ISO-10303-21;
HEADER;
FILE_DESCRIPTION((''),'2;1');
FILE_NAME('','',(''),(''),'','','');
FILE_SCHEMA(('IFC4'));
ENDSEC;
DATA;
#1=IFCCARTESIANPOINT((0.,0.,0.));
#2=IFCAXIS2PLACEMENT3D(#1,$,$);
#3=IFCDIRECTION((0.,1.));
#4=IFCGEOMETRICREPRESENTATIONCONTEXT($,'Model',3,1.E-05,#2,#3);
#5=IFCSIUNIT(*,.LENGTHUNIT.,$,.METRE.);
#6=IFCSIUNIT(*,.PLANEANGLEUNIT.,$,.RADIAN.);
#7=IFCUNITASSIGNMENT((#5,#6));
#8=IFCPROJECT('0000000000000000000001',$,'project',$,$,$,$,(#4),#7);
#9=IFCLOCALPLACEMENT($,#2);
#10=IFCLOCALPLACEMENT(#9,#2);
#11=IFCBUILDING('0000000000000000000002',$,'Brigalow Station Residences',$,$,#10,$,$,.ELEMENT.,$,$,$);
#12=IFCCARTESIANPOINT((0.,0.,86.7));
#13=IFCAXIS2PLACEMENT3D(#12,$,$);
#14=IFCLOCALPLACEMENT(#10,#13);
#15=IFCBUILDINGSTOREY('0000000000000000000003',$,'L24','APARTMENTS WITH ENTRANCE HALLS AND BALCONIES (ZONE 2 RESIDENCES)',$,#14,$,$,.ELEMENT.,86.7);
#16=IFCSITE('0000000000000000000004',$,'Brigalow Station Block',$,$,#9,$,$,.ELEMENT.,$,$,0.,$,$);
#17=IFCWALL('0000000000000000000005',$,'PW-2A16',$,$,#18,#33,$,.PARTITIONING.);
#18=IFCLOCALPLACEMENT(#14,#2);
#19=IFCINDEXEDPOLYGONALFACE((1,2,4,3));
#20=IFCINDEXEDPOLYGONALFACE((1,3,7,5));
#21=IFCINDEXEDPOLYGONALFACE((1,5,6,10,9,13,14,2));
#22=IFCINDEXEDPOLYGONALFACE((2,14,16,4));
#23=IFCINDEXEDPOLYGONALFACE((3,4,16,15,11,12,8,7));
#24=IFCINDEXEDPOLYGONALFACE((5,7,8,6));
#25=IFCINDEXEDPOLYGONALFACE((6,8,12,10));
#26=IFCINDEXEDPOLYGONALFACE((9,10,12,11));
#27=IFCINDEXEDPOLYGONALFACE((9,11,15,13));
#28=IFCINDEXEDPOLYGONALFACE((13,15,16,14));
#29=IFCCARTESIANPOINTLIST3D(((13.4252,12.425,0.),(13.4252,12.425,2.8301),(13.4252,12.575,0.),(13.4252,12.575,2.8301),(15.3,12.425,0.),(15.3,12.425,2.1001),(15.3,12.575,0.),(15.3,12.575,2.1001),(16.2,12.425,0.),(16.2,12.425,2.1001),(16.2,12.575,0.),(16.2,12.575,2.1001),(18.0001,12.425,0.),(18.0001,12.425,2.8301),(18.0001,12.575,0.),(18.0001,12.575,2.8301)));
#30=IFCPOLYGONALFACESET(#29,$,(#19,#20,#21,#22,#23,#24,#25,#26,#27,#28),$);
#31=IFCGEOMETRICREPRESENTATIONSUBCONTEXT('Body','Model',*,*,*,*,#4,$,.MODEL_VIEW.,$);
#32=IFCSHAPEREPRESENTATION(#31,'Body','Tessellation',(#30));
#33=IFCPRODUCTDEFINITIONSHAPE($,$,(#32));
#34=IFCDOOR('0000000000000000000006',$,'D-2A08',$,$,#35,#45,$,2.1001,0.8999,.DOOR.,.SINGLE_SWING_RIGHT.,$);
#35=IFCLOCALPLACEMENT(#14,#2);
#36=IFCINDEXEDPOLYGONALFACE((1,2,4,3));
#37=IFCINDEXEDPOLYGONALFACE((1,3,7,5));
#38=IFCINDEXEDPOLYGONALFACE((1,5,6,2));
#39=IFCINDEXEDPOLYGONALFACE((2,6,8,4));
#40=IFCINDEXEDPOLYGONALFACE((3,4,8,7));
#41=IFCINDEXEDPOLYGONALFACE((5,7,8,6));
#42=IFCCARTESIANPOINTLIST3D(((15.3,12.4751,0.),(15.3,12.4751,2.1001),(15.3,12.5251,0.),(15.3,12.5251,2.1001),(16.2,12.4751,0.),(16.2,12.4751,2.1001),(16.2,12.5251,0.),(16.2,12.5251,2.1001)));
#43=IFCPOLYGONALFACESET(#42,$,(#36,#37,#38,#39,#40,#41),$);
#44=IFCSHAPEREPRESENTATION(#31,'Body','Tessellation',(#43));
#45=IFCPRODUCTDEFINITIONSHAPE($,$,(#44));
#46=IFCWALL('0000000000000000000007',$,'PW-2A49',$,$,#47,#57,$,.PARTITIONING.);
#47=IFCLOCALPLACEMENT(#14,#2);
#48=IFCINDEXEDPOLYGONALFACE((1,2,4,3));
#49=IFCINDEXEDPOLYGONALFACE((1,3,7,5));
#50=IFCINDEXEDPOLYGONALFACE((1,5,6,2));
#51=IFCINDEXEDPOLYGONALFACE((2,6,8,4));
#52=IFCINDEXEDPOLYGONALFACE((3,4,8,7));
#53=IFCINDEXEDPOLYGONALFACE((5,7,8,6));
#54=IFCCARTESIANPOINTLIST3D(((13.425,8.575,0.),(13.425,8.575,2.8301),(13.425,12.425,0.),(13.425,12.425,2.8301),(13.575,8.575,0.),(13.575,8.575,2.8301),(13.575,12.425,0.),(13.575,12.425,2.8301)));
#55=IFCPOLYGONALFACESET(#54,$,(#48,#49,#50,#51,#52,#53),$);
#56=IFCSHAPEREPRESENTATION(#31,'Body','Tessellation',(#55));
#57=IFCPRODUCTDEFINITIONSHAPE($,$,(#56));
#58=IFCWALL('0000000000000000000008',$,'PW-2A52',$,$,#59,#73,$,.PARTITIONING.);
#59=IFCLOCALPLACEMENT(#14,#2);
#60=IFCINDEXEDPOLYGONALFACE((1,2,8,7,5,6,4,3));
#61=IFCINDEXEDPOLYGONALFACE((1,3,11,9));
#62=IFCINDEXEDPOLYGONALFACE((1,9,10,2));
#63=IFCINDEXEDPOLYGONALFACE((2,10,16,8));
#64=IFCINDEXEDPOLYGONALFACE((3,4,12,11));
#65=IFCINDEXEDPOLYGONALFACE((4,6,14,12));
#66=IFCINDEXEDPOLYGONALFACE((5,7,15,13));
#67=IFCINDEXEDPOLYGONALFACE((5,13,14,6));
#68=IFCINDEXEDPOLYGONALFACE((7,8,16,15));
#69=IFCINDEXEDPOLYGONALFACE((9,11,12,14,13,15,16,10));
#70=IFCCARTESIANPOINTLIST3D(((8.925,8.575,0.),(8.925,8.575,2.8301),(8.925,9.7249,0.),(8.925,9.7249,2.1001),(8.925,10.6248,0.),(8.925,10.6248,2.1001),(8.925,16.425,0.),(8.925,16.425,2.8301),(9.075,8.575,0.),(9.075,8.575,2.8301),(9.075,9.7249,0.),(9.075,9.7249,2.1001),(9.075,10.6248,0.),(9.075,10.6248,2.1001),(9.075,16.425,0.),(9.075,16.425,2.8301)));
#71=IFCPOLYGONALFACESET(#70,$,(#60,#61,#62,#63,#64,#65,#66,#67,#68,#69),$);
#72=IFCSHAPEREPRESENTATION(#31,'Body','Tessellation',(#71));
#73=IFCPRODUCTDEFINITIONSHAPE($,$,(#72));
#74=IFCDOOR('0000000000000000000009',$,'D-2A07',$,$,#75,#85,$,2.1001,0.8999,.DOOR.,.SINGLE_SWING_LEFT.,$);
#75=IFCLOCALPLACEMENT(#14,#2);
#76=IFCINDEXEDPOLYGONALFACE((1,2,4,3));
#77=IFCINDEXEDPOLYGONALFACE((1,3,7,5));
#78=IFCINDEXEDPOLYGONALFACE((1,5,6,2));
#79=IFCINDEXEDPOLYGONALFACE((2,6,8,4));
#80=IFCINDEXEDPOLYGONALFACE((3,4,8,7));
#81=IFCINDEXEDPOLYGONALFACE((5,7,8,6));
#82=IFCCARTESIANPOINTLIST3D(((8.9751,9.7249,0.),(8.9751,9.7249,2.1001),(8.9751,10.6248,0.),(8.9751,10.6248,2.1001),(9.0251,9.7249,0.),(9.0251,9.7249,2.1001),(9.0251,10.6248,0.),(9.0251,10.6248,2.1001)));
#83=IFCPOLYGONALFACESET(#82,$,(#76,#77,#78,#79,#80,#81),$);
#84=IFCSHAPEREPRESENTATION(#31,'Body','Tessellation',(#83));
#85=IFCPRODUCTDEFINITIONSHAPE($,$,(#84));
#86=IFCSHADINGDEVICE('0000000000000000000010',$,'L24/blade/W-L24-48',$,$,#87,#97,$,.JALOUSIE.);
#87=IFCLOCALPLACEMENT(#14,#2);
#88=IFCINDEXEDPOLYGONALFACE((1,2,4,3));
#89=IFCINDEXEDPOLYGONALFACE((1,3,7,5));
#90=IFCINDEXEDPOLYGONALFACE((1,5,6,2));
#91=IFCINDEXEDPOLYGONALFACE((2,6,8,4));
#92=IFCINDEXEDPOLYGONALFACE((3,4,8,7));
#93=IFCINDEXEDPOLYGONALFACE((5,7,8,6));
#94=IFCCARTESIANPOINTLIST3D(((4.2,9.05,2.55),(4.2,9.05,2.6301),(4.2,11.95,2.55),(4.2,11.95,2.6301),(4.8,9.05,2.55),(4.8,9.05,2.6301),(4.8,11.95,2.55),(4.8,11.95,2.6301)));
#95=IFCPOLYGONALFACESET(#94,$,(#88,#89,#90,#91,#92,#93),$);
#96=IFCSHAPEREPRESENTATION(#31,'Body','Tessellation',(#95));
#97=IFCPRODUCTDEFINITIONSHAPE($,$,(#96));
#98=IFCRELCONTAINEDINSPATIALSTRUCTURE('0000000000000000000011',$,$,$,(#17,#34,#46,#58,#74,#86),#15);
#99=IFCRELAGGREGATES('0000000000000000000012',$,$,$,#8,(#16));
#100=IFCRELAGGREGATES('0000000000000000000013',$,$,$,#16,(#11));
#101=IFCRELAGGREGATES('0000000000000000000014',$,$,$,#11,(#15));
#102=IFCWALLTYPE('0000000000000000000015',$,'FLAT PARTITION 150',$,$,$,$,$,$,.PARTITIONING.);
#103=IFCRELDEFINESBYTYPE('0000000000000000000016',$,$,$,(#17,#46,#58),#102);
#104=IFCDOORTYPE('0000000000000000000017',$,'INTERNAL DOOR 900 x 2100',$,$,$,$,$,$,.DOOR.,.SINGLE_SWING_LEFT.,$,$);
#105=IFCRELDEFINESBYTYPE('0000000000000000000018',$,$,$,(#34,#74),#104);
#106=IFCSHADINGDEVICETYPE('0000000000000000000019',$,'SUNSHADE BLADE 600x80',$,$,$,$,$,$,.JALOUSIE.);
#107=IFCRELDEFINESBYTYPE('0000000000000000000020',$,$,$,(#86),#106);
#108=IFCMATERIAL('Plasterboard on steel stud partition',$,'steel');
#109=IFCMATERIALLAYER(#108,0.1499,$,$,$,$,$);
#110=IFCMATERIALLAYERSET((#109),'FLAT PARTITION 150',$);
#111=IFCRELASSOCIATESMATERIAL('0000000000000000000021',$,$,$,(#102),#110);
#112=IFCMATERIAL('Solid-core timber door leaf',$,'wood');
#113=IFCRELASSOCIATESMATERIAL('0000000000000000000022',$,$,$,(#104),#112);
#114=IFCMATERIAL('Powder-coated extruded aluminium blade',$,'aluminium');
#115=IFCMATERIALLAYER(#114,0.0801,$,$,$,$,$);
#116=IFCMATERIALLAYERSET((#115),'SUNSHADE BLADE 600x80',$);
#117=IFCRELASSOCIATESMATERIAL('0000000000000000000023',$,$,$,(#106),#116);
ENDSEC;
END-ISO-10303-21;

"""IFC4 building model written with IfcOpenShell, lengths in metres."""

from ifc_helpers import new_model, si_unit, direction, frame, frame_2d, origin, origin_2d, place, context, subcontext, project, spatial, rectangle, extrude, material, layer, layer_set, type_object, element, fill, save


model = new_model("IFC4")

# Units and contexts
model_context = context("Model", 3, precision=1e-05, world=origin(), true_north=direction((0.0, 1.0)))
body_context = subcontext(model_context, "Body", "Model", "MODEL_VIEW")
ifc_project = project(units=[si_unit("LENGTHUNIT", "METRE"), si_unit("PLANEANGLEUNIT", "RADIAN")], contexts=[model_context])

# Site, building, storey
site_placement = place(None, origin())
site = spatial("IfcSite", under=ifc_project, at=site_placement, Name="Brigalow Station Block", CompositionType="ELEMENT", RefElevation=0.0)
building_placement = place(site_placement, origin())
building = spatial("IfcBuilding", under=site, at=building_placement, Name="Brigalow Station Residences", CompositionType="ELEMENT")
storey_placement = place(building_placement, frame((0.0, 0.0, 86.7)))
storey = spatial("IfcBuildingStorey", under=building, at=storey_placement, Name="L24", Description="APARTMENTS WITH ENTRANCE HALLS AND BALCONIES (ZONE 2 RESIDENCES)", CompositionType="ELEMENT", Elevation=86.7)

# Wall, opening, door
ifc_material_1 = material(Name="Plasterboard on steel stud partition", Category="steel")
ifc_layer_1 = layer(ifc_material_1, 0.1499)
ifc_layer_set_1 = layer_set([ifc_layer_1], Name="FLAT PARTITION 150")
wall_type_1 = type_object("IfcWallType", Name="FLAT PARTITION 150", PredefinedType="PARTITIONING", material=ifc_layer_set_1)
ifc_material_2 = material(Name="Solid-core timber door leaf", Category="wood")
door_type = type_object("IfcDoorType", Name="INTERNAL DOOR 900 x 2100", OperationType="SINGLE_SWING_LEFT", PredefinedType="DOOR", material=ifc_material_2)
wall_1_placement = place(storey_placement, frame((13.425, 12.5, 0.0), z_axis=(0.0, 0.0, 1.0), x_axis=(1.0, 0.0, 0.0)))
wall_1 = element("IfcWall", 1, at=wall_1_placement, inside=storey, type_object=wall_type_1, Name="PW-2A16", PredefinedType="PARTITIONING", context=body_context, shape_type="SweptSolid", body=[
    extrude(rectangle(XDim=4.575, YDim=0.1499, at=frame_2d((2.2876, 0.0))), origin(), (0.0, 0.0, 1.0), 2.8301),
])
opening_1_placement = place(wall_1_placement, frame((1.875, 0.0, 0.0)))
opening_1 = element("IfcOpeningElement", 2, at=opening_1_placement, cuts=wall_1, PredefinedType="OPENING", context=body_context, shape_type="SweptSolid", body=[
    extrude(rectangle(XDim=0.8999, YDim=2.1001, at=frame_2d((0.45, 1.05))), frame((0.0, 0.085, 0.0), z_axis=(0.0, -1.0, 0.0), x_axis=(1.0, 0.0, 0.0)), (0.0, 0.0, 1.0), 0.1699),
])
door_1_placement = place(opening_1_placement, frame((0.8999, 0.0, 0.0), z_axis=(0.0, 0.0, 1.0), x_axis=(-1.0, 0.0, 0.0)))
door_1 = element("IfcDoor", 3, at=door_1_placement, inside=storey, type_object=door_type, Name="D-2A08", OperationType="SINGLE_SWING_RIGHT", OverallHeight=2.1001, OverallWidth=0.8999, PredefinedType="DOOR", context=body_context, shape_type="SweptSolid", body=[
    extrude(rectangle(XDim=0.8999, YDim=2.1001, at=frame_2d((0.45, 1.05))), frame((0.0, 0.0249, 0.0), z_axis=(0.0, -1.0, 0.0), x_axis=(1.0, 0.0, 0.0)), (0.0, 0.0, 1.0), 0.05),
])
fill(opening_1, door_1)

# Wall
wall_2_placement = place(storey_placement, frame((13.5, 8.575, 0.0), z_axis=(0.0, 0.0, 1.0), x_axis=(0.0, 1.0, 0.0)))
element("IfcWall", 4, at=wall_2_placement, inside=storey, type_object=wall_type_1, Name="PW-2A49", PredefinedType="PARTITIONING", context=body_context, shape_type="SweptSolid", body=[
    extrude(rectangle(XDim=3.8501, YDim=0.1499, at=frame_2d((1.925, 0.0))), origin(), (0.0, 0.0, 1.0), 2.8301),
])

# Wall, opening, door
wall_3_placement = place(storey_placement, frame((9.0, 8.575, 0.0), z_axis=(0.0, 0.0, 1.0), x_axis=(0.0, 1.0, 0.0)))
wall_3 = element("IfcWall", 5, at=wall_3_placement, inside=storey, type_object=wall_type_1, Name="PW-2A52", PredefinedType="PARTITIONING", context=body_context, shape_type="SweptSolid", body=[
    extrude(rectangle(XDim=7.8501, YDim=0.1499, at=frame_2d((3.925, 0.0))), origin(), (0.0, 0.0, 1.0), 2.8301),
])
opening_2_placement = place(wall_3_placement, frame((1.1499, 0.0, 0.0)))
opening_2 = element("IfcOpeningElement", 6, at=opening_2_placement, cuts=wall_3, PredefinedType="OPENING", context=body_context, shape_type="SweptSolid", body=[
    extrude(rectangle(XDim=0.8999, YDim=2.1001, at=frame_2d((0.45, 1.05))), frame((0.0, 0.085, 0.0), z_axis=(0.0, -1.0, 0.0), x_axis=(1.0, 0.0, 0.0)), (0.0, 0.0, 1.0), 0.1699),
])
door_2_placement = place(opening_2_placement, origin())
door_2 = element("IfcDoor", 7, at=door_2_placement, inside=storey, type_object=door_type, Name="D-2A07", OperationType="SINGLE_SWING_LEFT", OverallHeight=2.1001, OverallWidth=0.8999, PredefinedType="DOOR", context=body_context, shape_type="SweptSolid", body=[
    extrude(rectangle(XDim=0.8999, YDim=2.1001, at=frame_2d((0.45, 1.05))), frame((0.0, 0.0249, 0.0), z_axis=(0.0, -1.0, 0.0), x_axis=(1.0, 0.0, 0.0)), (0.0, 0.0, 1.0), 0.05),
])
fill(opening_2, door_2)

# Shading device
ifc_material_3 = material(Name="Powder-coated extruded aluminium blade", Category="aluminium")
ifc_layer_2 = layer(ifc_material_3, 0.0801)
ifc_layer_set_2 = layer_set([ifc_layer_2], Name="SUNSHADE BLADE 600x80")
shading_device_type = type_object("IfcShadingDeviceType", Name="SUNSHADE BLADE 600x80", PredefinedType="JALOUSIE", material=ifc_layer_set_2)
shading_device_placement = place(storey_placement, frame((4.5, 10.5, 2.55), z_axis=(0.0, 0.0, 1.0), x_axis=(0.0, -1.0, 0.0)))
element("IfcShadingDevice", 8, at=shading_device_placement, inside=storey, type_object=shading_device_type, Name="L24/blade/W-L24-48", PredefinedType="JALOUSIE", context=body_context, shape_type="SweptSolid", body=[
    extrude(rectangle(XDim=2.8999, YDim=0.6001, at=origin_2d()), origin(), (0.0, 0.0, 1.0), 0.0801),
])

save(model, "model.ifc")
